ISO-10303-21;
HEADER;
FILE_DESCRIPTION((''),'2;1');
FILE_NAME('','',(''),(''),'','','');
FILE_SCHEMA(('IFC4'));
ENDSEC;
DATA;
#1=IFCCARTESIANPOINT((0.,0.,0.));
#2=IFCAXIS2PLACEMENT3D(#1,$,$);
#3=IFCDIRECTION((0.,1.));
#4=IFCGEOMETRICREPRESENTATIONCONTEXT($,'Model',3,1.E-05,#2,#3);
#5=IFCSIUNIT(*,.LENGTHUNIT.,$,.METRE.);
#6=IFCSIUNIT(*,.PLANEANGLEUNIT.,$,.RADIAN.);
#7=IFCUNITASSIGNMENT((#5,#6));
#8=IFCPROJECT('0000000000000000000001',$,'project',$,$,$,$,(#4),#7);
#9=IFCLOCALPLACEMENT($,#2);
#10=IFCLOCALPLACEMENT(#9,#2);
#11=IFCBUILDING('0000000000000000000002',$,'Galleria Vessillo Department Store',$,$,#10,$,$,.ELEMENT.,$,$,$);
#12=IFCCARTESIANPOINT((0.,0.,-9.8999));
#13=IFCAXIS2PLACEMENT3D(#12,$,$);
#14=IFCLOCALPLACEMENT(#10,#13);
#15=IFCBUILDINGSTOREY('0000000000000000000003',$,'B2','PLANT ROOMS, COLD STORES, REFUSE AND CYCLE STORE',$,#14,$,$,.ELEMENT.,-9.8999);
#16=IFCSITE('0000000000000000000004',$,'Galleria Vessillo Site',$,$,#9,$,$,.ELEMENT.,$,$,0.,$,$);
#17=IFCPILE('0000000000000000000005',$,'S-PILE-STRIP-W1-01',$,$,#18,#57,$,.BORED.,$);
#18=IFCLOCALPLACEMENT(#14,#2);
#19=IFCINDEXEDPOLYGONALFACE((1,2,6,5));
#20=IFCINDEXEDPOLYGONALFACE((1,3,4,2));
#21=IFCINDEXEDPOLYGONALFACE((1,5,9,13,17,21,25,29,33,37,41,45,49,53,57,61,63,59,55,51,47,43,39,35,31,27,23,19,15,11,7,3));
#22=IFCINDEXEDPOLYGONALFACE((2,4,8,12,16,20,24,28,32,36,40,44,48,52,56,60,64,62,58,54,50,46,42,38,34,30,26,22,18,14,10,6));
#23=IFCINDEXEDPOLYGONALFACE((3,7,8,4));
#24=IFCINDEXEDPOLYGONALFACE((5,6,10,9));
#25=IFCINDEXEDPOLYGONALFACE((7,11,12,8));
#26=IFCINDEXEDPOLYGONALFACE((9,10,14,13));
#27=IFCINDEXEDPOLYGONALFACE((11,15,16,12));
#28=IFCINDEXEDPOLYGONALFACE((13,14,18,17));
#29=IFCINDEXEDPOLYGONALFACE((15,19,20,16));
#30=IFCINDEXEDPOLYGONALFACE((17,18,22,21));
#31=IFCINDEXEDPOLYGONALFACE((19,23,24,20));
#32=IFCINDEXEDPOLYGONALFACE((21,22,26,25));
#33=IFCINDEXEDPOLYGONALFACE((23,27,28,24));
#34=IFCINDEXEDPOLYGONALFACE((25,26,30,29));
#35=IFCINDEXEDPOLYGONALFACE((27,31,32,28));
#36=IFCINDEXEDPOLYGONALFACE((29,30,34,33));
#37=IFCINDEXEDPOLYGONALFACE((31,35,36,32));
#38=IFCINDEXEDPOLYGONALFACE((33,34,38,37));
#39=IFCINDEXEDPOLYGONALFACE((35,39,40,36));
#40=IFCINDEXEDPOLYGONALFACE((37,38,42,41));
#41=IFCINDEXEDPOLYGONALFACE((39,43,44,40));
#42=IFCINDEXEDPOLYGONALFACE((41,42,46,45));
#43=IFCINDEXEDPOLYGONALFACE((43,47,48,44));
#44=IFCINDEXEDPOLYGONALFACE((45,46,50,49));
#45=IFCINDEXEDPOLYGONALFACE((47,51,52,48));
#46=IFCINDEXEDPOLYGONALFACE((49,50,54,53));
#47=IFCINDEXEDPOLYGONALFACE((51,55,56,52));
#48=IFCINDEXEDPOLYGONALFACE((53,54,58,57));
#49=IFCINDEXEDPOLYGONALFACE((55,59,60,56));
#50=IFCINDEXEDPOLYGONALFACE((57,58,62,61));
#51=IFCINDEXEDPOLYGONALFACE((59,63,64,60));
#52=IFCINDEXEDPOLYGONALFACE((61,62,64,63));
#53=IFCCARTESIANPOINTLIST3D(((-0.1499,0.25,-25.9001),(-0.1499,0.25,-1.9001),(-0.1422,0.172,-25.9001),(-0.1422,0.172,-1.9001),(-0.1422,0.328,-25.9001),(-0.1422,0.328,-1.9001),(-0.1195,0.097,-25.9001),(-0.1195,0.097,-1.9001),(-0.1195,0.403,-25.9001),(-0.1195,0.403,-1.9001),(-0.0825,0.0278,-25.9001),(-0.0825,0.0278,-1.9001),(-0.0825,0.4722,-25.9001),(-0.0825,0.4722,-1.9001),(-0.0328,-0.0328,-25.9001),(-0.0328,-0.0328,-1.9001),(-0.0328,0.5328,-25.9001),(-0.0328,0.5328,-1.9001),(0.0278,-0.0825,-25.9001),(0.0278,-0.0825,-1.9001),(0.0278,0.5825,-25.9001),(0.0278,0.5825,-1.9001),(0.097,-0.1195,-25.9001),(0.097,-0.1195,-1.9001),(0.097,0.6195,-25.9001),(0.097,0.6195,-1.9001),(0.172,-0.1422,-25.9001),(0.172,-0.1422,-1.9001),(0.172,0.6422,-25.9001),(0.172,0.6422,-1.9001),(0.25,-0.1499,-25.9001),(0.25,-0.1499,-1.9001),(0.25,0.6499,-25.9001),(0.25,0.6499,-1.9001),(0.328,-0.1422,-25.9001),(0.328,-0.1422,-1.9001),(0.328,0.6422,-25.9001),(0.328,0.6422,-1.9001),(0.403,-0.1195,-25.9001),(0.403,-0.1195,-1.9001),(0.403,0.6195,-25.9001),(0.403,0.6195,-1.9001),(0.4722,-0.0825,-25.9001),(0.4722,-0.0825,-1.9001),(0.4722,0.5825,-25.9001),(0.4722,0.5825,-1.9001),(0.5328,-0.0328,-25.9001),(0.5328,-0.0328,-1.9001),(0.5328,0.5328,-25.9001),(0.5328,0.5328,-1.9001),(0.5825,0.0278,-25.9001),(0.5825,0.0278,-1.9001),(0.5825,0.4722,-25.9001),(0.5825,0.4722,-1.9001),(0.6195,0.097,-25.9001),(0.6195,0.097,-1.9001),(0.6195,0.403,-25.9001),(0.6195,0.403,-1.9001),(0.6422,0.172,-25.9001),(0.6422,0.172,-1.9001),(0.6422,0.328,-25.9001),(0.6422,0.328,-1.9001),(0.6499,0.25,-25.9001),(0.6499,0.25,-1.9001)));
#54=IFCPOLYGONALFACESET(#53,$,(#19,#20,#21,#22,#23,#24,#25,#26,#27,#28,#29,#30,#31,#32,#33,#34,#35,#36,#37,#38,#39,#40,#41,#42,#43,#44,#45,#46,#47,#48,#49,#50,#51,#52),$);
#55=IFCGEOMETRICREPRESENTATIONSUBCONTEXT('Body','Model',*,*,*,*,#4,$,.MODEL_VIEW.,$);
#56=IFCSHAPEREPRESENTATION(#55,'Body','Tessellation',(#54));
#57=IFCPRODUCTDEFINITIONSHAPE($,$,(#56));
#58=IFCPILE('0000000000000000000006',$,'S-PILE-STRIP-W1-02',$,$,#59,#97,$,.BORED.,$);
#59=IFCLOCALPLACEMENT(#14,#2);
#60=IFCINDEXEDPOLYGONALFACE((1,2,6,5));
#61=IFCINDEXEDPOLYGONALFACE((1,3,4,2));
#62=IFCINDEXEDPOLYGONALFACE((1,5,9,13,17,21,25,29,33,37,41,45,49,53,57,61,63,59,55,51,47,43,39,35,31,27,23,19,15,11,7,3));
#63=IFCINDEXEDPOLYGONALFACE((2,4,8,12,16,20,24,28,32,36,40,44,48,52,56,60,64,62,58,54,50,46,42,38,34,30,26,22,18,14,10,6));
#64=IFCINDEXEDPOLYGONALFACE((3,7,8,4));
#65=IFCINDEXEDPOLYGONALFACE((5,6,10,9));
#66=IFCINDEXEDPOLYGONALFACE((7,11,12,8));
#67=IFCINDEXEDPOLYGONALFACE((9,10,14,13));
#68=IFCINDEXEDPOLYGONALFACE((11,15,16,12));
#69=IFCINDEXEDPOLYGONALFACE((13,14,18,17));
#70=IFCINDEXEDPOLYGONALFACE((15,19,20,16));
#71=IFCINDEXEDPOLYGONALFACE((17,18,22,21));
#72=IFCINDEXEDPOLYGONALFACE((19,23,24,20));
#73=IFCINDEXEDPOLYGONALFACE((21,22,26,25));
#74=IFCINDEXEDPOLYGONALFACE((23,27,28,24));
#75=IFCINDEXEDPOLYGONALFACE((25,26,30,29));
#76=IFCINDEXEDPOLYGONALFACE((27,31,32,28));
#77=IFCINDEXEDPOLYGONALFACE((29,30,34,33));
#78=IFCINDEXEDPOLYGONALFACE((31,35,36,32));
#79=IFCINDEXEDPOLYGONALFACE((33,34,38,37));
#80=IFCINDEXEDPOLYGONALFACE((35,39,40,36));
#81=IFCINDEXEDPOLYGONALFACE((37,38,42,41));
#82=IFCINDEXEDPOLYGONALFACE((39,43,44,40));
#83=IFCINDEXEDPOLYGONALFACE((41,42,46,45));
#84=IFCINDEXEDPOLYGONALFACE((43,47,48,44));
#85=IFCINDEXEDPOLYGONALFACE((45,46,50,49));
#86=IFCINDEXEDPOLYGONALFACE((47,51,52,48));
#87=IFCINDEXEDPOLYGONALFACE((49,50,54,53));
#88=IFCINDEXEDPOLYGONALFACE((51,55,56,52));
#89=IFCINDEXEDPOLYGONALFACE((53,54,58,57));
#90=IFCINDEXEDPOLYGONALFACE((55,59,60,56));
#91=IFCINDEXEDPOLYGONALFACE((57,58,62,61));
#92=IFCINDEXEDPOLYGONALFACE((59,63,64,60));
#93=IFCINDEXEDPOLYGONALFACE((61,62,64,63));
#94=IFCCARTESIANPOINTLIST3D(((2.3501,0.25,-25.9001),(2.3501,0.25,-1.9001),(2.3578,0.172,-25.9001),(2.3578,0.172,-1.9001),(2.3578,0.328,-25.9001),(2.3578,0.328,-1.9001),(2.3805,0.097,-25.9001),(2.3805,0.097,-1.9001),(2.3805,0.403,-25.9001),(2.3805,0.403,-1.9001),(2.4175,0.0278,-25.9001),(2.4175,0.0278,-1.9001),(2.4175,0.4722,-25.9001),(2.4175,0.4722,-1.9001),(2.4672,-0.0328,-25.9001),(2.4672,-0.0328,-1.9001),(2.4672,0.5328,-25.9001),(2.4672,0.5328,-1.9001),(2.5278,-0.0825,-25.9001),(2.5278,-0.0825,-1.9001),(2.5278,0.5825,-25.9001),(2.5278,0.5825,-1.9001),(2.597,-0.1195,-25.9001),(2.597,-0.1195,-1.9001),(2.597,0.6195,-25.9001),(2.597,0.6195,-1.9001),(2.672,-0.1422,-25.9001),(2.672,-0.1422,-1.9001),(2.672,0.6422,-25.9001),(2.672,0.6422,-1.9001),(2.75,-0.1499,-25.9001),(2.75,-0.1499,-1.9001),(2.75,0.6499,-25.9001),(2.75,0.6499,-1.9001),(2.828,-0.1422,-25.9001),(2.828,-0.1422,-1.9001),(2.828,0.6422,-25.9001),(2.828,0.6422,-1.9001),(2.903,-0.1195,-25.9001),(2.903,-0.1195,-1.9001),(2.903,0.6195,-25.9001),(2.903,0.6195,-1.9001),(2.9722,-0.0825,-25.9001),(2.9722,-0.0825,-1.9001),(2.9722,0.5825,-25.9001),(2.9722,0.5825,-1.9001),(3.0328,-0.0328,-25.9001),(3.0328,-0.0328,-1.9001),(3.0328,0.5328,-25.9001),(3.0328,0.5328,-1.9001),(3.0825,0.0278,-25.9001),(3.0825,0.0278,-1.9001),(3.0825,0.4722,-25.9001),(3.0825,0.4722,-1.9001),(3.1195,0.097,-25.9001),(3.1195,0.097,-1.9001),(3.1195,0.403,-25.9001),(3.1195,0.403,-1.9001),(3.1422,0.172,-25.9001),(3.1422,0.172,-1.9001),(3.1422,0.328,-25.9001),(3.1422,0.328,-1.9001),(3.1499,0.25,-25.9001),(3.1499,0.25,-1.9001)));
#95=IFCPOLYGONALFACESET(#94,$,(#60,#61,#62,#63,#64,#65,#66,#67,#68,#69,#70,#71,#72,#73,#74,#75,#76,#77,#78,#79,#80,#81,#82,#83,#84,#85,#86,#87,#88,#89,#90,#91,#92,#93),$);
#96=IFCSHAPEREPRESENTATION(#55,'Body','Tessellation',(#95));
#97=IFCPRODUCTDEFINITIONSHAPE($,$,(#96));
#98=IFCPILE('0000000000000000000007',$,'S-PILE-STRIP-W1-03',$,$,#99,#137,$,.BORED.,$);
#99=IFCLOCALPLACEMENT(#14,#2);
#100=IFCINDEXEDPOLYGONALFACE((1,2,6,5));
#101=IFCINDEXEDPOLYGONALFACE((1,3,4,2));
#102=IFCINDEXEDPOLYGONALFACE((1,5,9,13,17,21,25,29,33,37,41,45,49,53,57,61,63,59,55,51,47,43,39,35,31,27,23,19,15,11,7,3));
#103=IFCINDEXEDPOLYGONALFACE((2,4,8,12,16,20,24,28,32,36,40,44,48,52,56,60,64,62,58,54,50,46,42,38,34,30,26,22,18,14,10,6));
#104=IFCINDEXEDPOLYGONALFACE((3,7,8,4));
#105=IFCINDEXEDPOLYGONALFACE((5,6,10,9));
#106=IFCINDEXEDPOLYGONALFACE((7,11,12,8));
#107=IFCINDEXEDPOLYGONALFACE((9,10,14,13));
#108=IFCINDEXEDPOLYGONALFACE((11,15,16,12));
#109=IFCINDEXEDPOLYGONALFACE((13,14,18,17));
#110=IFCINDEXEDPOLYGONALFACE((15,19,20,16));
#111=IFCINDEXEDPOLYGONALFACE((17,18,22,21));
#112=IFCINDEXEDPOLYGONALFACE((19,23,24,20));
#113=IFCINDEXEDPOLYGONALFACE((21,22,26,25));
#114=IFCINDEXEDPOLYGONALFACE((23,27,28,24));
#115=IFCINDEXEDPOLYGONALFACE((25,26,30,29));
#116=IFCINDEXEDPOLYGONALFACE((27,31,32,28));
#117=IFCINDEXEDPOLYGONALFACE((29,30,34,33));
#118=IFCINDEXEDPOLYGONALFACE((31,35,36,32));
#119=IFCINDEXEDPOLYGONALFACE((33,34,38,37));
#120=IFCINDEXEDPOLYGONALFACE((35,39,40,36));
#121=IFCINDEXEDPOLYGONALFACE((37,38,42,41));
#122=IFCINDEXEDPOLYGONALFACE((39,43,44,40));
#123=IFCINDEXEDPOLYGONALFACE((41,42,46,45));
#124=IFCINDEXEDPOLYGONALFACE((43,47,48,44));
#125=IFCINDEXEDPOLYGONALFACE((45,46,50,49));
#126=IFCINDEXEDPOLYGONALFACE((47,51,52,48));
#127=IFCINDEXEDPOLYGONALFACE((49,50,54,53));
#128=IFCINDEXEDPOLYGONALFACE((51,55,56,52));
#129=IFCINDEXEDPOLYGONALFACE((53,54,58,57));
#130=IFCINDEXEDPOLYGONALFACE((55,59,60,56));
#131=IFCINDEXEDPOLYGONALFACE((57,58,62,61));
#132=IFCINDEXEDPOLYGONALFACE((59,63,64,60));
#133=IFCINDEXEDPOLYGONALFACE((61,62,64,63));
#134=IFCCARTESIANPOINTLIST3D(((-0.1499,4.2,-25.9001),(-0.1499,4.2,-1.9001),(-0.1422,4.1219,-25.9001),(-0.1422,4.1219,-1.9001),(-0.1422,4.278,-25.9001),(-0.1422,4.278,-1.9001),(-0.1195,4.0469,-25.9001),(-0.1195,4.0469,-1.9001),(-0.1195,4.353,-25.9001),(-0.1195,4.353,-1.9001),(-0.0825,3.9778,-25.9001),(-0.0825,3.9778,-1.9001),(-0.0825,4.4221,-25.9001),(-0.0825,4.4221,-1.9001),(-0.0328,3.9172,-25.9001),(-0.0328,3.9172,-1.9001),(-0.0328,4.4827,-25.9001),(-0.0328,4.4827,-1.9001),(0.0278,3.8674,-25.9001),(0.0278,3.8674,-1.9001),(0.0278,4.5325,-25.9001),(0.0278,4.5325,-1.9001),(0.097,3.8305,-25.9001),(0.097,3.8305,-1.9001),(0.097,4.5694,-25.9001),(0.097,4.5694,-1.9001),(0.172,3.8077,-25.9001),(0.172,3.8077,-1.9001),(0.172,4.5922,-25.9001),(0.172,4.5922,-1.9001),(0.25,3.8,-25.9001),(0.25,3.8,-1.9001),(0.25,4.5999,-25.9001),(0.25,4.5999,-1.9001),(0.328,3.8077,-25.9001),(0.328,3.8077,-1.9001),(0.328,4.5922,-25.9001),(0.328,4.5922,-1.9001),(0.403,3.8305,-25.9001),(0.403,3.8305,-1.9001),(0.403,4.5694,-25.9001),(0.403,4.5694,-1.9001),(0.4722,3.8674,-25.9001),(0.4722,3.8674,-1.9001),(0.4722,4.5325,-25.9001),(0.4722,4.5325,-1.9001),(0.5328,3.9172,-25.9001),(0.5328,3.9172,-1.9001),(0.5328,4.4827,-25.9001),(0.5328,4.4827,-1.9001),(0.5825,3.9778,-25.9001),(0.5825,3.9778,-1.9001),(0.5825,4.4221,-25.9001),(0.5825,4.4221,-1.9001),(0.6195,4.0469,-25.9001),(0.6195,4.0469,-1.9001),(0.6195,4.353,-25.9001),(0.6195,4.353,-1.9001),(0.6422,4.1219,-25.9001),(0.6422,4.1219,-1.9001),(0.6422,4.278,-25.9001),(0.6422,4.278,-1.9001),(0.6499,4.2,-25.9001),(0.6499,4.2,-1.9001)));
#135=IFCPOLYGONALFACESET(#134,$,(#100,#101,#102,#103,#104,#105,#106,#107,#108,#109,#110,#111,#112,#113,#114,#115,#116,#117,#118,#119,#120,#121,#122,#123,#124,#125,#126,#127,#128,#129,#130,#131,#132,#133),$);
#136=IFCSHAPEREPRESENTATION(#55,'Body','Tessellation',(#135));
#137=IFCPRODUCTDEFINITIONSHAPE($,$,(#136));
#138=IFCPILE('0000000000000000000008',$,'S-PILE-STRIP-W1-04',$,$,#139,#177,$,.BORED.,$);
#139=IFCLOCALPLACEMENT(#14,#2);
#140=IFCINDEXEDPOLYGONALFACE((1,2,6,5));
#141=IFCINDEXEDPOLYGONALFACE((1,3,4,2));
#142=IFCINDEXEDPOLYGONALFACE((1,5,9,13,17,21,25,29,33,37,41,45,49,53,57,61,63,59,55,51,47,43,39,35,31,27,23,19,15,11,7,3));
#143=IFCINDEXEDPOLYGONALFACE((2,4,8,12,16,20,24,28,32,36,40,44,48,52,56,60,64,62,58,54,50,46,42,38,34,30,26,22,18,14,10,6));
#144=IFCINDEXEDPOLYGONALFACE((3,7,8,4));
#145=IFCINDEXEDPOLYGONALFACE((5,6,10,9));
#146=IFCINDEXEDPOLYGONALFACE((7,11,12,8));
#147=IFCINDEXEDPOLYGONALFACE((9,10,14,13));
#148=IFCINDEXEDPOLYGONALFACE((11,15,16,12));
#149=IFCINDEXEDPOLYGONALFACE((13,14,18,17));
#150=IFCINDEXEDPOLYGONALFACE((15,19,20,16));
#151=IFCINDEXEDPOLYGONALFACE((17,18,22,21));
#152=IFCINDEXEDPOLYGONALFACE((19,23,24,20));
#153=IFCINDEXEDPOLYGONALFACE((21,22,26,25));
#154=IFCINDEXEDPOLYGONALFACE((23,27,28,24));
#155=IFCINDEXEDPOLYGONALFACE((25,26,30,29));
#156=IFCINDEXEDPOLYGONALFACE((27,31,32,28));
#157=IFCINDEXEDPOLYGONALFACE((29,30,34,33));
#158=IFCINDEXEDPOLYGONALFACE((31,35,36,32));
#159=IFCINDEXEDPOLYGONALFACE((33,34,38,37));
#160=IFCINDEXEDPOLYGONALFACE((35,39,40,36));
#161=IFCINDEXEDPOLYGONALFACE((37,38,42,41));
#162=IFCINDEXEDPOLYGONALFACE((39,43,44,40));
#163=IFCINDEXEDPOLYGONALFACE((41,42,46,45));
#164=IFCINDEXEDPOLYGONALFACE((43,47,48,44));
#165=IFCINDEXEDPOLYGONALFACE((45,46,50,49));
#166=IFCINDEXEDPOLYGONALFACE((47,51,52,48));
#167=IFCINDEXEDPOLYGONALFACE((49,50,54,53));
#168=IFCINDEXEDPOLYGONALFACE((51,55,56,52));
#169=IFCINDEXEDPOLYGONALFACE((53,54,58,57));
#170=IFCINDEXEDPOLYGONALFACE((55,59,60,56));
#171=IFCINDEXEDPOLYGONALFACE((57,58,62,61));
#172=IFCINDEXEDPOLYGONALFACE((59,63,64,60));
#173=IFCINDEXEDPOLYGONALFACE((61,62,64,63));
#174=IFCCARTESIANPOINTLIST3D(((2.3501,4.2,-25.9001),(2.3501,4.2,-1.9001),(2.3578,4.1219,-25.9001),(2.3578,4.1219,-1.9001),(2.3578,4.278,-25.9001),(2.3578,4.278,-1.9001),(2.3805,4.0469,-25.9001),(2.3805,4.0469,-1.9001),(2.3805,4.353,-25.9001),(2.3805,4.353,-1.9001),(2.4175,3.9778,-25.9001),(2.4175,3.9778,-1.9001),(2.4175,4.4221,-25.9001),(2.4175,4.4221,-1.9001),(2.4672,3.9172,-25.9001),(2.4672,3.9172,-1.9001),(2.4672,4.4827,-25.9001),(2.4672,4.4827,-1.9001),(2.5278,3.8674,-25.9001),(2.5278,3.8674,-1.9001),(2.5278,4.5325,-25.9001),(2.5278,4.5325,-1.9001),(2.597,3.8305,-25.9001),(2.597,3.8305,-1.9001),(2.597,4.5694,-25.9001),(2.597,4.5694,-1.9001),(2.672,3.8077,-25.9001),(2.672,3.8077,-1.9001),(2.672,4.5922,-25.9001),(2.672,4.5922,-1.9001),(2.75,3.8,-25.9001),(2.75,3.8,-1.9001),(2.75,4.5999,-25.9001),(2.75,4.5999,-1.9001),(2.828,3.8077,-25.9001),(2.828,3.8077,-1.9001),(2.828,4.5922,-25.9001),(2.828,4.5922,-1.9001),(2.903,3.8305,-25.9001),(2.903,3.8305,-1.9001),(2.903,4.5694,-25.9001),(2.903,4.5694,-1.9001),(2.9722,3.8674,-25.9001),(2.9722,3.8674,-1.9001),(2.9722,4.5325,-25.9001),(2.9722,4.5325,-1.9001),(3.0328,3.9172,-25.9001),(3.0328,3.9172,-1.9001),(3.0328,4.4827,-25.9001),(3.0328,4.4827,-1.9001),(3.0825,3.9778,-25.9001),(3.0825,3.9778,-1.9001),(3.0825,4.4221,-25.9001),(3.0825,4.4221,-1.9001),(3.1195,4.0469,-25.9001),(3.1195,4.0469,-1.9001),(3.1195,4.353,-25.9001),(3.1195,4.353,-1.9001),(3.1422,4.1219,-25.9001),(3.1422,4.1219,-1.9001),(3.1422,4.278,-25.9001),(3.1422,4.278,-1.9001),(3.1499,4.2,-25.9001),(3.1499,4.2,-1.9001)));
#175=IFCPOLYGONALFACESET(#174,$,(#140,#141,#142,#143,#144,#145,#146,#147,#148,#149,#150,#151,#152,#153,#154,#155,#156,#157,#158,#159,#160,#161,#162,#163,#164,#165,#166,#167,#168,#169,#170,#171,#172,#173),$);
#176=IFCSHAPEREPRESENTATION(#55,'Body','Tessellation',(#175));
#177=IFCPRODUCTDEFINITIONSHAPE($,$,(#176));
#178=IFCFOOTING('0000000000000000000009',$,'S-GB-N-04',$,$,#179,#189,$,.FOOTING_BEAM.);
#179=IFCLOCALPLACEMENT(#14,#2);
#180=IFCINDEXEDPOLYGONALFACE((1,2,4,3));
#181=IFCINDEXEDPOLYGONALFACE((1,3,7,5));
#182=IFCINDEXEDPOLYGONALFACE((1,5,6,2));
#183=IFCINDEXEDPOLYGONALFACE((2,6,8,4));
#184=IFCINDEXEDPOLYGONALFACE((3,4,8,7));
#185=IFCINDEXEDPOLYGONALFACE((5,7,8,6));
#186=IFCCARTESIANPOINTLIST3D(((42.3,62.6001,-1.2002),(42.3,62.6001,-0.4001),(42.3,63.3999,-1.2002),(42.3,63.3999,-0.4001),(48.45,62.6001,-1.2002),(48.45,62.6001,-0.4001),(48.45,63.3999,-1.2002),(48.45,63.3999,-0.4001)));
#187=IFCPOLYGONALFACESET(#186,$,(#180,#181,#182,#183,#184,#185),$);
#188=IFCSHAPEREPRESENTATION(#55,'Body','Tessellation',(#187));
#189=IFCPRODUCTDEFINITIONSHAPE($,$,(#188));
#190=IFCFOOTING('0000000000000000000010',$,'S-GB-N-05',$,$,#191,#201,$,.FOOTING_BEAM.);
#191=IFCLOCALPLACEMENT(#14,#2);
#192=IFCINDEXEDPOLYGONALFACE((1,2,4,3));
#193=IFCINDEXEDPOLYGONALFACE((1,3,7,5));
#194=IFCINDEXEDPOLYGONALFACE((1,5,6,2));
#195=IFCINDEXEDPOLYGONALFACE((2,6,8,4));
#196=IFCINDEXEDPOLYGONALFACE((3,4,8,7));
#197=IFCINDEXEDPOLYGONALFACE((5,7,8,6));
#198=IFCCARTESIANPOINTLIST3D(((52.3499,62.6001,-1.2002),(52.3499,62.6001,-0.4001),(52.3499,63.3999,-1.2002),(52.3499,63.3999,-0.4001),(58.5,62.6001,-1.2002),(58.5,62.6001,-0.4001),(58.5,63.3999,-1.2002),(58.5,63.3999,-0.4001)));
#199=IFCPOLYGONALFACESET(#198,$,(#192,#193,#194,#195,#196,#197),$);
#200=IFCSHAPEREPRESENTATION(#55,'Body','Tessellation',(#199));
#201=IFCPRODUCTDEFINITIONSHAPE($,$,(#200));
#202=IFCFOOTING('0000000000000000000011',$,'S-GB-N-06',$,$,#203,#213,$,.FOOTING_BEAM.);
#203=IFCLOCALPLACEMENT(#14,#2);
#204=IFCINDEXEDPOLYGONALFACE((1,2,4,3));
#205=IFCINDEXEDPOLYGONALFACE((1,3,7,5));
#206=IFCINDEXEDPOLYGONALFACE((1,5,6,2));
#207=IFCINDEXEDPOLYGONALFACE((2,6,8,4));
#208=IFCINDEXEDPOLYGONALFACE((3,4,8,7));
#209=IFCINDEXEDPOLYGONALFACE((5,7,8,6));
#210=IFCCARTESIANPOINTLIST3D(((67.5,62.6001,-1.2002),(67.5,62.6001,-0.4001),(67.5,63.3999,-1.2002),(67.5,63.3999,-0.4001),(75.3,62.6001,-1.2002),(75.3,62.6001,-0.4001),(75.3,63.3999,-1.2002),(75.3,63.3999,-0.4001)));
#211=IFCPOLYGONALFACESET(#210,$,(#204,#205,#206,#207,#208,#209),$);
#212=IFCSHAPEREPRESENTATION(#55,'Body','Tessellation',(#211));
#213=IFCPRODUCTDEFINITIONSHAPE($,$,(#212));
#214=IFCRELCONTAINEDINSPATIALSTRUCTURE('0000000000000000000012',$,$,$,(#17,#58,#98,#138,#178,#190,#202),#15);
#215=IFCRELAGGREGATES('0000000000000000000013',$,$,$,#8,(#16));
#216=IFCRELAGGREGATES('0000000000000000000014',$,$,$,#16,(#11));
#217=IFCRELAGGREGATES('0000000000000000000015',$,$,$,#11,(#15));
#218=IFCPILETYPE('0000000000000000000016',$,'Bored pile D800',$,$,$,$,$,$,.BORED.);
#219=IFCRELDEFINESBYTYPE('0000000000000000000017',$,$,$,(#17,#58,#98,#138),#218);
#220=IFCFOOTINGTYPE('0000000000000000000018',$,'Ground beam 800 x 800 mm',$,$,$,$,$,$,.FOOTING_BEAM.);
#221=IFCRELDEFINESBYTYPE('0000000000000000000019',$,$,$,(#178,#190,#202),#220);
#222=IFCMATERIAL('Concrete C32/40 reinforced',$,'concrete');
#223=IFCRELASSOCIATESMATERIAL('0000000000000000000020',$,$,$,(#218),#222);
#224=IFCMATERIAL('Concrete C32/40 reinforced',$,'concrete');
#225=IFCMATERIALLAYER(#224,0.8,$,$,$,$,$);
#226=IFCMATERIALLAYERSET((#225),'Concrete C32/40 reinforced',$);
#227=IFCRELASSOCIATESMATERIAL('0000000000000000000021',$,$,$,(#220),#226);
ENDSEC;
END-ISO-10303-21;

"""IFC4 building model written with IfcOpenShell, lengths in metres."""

from ifc_helpers import new_model, si_unit, direction, frame, origin, origin_2d, place, context, subcontext, project, spatial, polyline, circle, outline, extrude, material, layer, layer_set, material_profile, profile_set, type_object, element, save


model = new_model("IFC4")

# Units and contexts
model_context = context("Model", 3, precision=1e-05, world=origin(), true_north=direction((0.0, 1.0)))
body_context = subcontext(model_context, "Body", "Model", "MODEL_VIEW")
ifc_project = project(units=[si_unit("LENGTHUNIT", "METRE"), si_unit("PLANEANGLEUNIT", "RADIAN")], contexts=[model_context])

# Site, building, storey
site_placement = place(None, origin())
site = spatial("IfcSite", under=ifc_project, at=site_placement, Name="Galleria Vessillo Site", CompositionType="ELEMENT", RefElevation=0.0)
building_placement = place(site_placement, origin())
building = spatial("IfcBuilding", under=site, at=building_placement, Name="Galleria Vessillo Department Store", CompositionType="ELEMENT")
storey_placement = place(building_placement, frame((0.0, 0.0, -9.8999)))
storey = spatial("IfcBuildingStorey", under=building, at=storey_placement, Name="B2", Description="PLANT ROOMS, COLD STORES, REFUSE AND CYCLE STORE", CompositionType="ELEMENT", Elevation=-9.8999)

# Piles
ifc_material_1 = material(Name="Concrete C32/40 reinforced", Category="concrete")
ifc_material_profile_1 = material_profile(ifc_material_1, circle(Radius=0.3999, at=origin_2d()), Name="Bored pile D800")
ifc_profile_set_1 = profile_set([ifc_material_profile_1], Name="Concrete C32/40 reinforced")
pile_type = type_object("IfcPileType", Name="Bored pile D800", PredefinedType="BORED", material=ifc_profile_set_1)
for number, where, z_axis, x_axis, name in (
    (1, (0.25, 0.25, -1.9001), (0.0, 0.0, -1.0), (1.0, 0.0, 0.0), "S-PILE-STRIP-W1-01"),
    (2, (2.75, 0.25, -1.9001), (0.0, 0.0, -1.0), (1.0, 0.0, 0.0), "S-PILE-STRIP-W1-02"),
    (3, (0.25, 4.2, -1.9001), (0.0, 0.0, -1.0), (1.0, 0.0, 0.0), "S-PILE-STRIP-W1-03"),
    (4, (2.75, 4.2, -1.9001), (0.0, 0.0, -1.0), (1.0, 0.0, 0.0), "S-PILE-STRIP-W1-04"),
):
    element("IfcPile", number, at=place(storey_placement, frame(where, z_axis=z_axis, x_axis=x_axis)), inside=storey, type_object=pile_type, Name=name, PredefinedType="BORED", context=body_context, shape_type="SweptSolid", body=[
        extrude(circle(Radius=0.3999, at=origin_2d()), origin(), (0.0, 0.0, 1.0), 24.0),
    ])

# Footings
ifc_material_2 = material(Name="Concrete C32/40 reinforced", Category="concrete")
ifc_layer_1 = layer(ifc_material_2, 0.8)
ifc_layer_set_1 = layer_set([ifc_layer_1], Name="Concrete C32/40 reinforced")
footing_type = type_object("IfcFootingType", Name="Ground beam 800 x 800 mm", PredefinedType="FOOTING_BEAM", material=ifc_layer_set_1)
footing_1_placement = place(storey_placement, frame((0.0, 0.0, -1.2002)))
element("IfcFooting", 5, at=footing_1_placement, inside=storey, type_object=footing_type, Name="S-GB-N-04", PredefinedType="FOOTING_BEAM", context=body_context, shape_type="SweptSolid", body=[
    extrude(outline(polyline([(42.3, 62.6001), (48.45, 62.6001), (48.45, 63.3999), (42.3, 63.3999), (42.3, 62.6001)])), origin(), (0.0, 0.0, 1.0), 0.8),
])
footing_2_placement = place(storey_placement, frame((0.0, 0.0, -1.2002)))
element("IfcFooting", 6, at=footing_2_placement, inside=storey, type_object=footing_type, Name="S-GB-N-05", PredefinedType="FOOTING_BEAM", context=body_context, shape_type="SweptSolid", body=[
    extrude(outline(polyline([(52.3499, 62.6001), (58.5, 62.6001), (58.5, 63.3999), (52.3499, 63.3999), (52.3499, 62.6001)])), origin(), (0.0, 0.0, 1.0), 0.8),
])
footing_3_placement = place(storey_placement, frame((0.0, 0.0, -1.2002)))
element("IfcFooting", 7, at=footing_3_placement, inside=storey, type_object=footing_type, Name="S-GB-N-06", PredefinedType="FOOTING_BEAM", context=body_context, shape_type="SweptSolid", body=[
    extrude(outline(polyline([(67.5, 62.6001), (75.3, 62.6001), (75.3, 63.3999), (67.5, 63.3999), (67.5, 62.6001)])), origin(), (0.0, 0.0, 1.0), 0.8),
])

save(model, "model.ifc")
